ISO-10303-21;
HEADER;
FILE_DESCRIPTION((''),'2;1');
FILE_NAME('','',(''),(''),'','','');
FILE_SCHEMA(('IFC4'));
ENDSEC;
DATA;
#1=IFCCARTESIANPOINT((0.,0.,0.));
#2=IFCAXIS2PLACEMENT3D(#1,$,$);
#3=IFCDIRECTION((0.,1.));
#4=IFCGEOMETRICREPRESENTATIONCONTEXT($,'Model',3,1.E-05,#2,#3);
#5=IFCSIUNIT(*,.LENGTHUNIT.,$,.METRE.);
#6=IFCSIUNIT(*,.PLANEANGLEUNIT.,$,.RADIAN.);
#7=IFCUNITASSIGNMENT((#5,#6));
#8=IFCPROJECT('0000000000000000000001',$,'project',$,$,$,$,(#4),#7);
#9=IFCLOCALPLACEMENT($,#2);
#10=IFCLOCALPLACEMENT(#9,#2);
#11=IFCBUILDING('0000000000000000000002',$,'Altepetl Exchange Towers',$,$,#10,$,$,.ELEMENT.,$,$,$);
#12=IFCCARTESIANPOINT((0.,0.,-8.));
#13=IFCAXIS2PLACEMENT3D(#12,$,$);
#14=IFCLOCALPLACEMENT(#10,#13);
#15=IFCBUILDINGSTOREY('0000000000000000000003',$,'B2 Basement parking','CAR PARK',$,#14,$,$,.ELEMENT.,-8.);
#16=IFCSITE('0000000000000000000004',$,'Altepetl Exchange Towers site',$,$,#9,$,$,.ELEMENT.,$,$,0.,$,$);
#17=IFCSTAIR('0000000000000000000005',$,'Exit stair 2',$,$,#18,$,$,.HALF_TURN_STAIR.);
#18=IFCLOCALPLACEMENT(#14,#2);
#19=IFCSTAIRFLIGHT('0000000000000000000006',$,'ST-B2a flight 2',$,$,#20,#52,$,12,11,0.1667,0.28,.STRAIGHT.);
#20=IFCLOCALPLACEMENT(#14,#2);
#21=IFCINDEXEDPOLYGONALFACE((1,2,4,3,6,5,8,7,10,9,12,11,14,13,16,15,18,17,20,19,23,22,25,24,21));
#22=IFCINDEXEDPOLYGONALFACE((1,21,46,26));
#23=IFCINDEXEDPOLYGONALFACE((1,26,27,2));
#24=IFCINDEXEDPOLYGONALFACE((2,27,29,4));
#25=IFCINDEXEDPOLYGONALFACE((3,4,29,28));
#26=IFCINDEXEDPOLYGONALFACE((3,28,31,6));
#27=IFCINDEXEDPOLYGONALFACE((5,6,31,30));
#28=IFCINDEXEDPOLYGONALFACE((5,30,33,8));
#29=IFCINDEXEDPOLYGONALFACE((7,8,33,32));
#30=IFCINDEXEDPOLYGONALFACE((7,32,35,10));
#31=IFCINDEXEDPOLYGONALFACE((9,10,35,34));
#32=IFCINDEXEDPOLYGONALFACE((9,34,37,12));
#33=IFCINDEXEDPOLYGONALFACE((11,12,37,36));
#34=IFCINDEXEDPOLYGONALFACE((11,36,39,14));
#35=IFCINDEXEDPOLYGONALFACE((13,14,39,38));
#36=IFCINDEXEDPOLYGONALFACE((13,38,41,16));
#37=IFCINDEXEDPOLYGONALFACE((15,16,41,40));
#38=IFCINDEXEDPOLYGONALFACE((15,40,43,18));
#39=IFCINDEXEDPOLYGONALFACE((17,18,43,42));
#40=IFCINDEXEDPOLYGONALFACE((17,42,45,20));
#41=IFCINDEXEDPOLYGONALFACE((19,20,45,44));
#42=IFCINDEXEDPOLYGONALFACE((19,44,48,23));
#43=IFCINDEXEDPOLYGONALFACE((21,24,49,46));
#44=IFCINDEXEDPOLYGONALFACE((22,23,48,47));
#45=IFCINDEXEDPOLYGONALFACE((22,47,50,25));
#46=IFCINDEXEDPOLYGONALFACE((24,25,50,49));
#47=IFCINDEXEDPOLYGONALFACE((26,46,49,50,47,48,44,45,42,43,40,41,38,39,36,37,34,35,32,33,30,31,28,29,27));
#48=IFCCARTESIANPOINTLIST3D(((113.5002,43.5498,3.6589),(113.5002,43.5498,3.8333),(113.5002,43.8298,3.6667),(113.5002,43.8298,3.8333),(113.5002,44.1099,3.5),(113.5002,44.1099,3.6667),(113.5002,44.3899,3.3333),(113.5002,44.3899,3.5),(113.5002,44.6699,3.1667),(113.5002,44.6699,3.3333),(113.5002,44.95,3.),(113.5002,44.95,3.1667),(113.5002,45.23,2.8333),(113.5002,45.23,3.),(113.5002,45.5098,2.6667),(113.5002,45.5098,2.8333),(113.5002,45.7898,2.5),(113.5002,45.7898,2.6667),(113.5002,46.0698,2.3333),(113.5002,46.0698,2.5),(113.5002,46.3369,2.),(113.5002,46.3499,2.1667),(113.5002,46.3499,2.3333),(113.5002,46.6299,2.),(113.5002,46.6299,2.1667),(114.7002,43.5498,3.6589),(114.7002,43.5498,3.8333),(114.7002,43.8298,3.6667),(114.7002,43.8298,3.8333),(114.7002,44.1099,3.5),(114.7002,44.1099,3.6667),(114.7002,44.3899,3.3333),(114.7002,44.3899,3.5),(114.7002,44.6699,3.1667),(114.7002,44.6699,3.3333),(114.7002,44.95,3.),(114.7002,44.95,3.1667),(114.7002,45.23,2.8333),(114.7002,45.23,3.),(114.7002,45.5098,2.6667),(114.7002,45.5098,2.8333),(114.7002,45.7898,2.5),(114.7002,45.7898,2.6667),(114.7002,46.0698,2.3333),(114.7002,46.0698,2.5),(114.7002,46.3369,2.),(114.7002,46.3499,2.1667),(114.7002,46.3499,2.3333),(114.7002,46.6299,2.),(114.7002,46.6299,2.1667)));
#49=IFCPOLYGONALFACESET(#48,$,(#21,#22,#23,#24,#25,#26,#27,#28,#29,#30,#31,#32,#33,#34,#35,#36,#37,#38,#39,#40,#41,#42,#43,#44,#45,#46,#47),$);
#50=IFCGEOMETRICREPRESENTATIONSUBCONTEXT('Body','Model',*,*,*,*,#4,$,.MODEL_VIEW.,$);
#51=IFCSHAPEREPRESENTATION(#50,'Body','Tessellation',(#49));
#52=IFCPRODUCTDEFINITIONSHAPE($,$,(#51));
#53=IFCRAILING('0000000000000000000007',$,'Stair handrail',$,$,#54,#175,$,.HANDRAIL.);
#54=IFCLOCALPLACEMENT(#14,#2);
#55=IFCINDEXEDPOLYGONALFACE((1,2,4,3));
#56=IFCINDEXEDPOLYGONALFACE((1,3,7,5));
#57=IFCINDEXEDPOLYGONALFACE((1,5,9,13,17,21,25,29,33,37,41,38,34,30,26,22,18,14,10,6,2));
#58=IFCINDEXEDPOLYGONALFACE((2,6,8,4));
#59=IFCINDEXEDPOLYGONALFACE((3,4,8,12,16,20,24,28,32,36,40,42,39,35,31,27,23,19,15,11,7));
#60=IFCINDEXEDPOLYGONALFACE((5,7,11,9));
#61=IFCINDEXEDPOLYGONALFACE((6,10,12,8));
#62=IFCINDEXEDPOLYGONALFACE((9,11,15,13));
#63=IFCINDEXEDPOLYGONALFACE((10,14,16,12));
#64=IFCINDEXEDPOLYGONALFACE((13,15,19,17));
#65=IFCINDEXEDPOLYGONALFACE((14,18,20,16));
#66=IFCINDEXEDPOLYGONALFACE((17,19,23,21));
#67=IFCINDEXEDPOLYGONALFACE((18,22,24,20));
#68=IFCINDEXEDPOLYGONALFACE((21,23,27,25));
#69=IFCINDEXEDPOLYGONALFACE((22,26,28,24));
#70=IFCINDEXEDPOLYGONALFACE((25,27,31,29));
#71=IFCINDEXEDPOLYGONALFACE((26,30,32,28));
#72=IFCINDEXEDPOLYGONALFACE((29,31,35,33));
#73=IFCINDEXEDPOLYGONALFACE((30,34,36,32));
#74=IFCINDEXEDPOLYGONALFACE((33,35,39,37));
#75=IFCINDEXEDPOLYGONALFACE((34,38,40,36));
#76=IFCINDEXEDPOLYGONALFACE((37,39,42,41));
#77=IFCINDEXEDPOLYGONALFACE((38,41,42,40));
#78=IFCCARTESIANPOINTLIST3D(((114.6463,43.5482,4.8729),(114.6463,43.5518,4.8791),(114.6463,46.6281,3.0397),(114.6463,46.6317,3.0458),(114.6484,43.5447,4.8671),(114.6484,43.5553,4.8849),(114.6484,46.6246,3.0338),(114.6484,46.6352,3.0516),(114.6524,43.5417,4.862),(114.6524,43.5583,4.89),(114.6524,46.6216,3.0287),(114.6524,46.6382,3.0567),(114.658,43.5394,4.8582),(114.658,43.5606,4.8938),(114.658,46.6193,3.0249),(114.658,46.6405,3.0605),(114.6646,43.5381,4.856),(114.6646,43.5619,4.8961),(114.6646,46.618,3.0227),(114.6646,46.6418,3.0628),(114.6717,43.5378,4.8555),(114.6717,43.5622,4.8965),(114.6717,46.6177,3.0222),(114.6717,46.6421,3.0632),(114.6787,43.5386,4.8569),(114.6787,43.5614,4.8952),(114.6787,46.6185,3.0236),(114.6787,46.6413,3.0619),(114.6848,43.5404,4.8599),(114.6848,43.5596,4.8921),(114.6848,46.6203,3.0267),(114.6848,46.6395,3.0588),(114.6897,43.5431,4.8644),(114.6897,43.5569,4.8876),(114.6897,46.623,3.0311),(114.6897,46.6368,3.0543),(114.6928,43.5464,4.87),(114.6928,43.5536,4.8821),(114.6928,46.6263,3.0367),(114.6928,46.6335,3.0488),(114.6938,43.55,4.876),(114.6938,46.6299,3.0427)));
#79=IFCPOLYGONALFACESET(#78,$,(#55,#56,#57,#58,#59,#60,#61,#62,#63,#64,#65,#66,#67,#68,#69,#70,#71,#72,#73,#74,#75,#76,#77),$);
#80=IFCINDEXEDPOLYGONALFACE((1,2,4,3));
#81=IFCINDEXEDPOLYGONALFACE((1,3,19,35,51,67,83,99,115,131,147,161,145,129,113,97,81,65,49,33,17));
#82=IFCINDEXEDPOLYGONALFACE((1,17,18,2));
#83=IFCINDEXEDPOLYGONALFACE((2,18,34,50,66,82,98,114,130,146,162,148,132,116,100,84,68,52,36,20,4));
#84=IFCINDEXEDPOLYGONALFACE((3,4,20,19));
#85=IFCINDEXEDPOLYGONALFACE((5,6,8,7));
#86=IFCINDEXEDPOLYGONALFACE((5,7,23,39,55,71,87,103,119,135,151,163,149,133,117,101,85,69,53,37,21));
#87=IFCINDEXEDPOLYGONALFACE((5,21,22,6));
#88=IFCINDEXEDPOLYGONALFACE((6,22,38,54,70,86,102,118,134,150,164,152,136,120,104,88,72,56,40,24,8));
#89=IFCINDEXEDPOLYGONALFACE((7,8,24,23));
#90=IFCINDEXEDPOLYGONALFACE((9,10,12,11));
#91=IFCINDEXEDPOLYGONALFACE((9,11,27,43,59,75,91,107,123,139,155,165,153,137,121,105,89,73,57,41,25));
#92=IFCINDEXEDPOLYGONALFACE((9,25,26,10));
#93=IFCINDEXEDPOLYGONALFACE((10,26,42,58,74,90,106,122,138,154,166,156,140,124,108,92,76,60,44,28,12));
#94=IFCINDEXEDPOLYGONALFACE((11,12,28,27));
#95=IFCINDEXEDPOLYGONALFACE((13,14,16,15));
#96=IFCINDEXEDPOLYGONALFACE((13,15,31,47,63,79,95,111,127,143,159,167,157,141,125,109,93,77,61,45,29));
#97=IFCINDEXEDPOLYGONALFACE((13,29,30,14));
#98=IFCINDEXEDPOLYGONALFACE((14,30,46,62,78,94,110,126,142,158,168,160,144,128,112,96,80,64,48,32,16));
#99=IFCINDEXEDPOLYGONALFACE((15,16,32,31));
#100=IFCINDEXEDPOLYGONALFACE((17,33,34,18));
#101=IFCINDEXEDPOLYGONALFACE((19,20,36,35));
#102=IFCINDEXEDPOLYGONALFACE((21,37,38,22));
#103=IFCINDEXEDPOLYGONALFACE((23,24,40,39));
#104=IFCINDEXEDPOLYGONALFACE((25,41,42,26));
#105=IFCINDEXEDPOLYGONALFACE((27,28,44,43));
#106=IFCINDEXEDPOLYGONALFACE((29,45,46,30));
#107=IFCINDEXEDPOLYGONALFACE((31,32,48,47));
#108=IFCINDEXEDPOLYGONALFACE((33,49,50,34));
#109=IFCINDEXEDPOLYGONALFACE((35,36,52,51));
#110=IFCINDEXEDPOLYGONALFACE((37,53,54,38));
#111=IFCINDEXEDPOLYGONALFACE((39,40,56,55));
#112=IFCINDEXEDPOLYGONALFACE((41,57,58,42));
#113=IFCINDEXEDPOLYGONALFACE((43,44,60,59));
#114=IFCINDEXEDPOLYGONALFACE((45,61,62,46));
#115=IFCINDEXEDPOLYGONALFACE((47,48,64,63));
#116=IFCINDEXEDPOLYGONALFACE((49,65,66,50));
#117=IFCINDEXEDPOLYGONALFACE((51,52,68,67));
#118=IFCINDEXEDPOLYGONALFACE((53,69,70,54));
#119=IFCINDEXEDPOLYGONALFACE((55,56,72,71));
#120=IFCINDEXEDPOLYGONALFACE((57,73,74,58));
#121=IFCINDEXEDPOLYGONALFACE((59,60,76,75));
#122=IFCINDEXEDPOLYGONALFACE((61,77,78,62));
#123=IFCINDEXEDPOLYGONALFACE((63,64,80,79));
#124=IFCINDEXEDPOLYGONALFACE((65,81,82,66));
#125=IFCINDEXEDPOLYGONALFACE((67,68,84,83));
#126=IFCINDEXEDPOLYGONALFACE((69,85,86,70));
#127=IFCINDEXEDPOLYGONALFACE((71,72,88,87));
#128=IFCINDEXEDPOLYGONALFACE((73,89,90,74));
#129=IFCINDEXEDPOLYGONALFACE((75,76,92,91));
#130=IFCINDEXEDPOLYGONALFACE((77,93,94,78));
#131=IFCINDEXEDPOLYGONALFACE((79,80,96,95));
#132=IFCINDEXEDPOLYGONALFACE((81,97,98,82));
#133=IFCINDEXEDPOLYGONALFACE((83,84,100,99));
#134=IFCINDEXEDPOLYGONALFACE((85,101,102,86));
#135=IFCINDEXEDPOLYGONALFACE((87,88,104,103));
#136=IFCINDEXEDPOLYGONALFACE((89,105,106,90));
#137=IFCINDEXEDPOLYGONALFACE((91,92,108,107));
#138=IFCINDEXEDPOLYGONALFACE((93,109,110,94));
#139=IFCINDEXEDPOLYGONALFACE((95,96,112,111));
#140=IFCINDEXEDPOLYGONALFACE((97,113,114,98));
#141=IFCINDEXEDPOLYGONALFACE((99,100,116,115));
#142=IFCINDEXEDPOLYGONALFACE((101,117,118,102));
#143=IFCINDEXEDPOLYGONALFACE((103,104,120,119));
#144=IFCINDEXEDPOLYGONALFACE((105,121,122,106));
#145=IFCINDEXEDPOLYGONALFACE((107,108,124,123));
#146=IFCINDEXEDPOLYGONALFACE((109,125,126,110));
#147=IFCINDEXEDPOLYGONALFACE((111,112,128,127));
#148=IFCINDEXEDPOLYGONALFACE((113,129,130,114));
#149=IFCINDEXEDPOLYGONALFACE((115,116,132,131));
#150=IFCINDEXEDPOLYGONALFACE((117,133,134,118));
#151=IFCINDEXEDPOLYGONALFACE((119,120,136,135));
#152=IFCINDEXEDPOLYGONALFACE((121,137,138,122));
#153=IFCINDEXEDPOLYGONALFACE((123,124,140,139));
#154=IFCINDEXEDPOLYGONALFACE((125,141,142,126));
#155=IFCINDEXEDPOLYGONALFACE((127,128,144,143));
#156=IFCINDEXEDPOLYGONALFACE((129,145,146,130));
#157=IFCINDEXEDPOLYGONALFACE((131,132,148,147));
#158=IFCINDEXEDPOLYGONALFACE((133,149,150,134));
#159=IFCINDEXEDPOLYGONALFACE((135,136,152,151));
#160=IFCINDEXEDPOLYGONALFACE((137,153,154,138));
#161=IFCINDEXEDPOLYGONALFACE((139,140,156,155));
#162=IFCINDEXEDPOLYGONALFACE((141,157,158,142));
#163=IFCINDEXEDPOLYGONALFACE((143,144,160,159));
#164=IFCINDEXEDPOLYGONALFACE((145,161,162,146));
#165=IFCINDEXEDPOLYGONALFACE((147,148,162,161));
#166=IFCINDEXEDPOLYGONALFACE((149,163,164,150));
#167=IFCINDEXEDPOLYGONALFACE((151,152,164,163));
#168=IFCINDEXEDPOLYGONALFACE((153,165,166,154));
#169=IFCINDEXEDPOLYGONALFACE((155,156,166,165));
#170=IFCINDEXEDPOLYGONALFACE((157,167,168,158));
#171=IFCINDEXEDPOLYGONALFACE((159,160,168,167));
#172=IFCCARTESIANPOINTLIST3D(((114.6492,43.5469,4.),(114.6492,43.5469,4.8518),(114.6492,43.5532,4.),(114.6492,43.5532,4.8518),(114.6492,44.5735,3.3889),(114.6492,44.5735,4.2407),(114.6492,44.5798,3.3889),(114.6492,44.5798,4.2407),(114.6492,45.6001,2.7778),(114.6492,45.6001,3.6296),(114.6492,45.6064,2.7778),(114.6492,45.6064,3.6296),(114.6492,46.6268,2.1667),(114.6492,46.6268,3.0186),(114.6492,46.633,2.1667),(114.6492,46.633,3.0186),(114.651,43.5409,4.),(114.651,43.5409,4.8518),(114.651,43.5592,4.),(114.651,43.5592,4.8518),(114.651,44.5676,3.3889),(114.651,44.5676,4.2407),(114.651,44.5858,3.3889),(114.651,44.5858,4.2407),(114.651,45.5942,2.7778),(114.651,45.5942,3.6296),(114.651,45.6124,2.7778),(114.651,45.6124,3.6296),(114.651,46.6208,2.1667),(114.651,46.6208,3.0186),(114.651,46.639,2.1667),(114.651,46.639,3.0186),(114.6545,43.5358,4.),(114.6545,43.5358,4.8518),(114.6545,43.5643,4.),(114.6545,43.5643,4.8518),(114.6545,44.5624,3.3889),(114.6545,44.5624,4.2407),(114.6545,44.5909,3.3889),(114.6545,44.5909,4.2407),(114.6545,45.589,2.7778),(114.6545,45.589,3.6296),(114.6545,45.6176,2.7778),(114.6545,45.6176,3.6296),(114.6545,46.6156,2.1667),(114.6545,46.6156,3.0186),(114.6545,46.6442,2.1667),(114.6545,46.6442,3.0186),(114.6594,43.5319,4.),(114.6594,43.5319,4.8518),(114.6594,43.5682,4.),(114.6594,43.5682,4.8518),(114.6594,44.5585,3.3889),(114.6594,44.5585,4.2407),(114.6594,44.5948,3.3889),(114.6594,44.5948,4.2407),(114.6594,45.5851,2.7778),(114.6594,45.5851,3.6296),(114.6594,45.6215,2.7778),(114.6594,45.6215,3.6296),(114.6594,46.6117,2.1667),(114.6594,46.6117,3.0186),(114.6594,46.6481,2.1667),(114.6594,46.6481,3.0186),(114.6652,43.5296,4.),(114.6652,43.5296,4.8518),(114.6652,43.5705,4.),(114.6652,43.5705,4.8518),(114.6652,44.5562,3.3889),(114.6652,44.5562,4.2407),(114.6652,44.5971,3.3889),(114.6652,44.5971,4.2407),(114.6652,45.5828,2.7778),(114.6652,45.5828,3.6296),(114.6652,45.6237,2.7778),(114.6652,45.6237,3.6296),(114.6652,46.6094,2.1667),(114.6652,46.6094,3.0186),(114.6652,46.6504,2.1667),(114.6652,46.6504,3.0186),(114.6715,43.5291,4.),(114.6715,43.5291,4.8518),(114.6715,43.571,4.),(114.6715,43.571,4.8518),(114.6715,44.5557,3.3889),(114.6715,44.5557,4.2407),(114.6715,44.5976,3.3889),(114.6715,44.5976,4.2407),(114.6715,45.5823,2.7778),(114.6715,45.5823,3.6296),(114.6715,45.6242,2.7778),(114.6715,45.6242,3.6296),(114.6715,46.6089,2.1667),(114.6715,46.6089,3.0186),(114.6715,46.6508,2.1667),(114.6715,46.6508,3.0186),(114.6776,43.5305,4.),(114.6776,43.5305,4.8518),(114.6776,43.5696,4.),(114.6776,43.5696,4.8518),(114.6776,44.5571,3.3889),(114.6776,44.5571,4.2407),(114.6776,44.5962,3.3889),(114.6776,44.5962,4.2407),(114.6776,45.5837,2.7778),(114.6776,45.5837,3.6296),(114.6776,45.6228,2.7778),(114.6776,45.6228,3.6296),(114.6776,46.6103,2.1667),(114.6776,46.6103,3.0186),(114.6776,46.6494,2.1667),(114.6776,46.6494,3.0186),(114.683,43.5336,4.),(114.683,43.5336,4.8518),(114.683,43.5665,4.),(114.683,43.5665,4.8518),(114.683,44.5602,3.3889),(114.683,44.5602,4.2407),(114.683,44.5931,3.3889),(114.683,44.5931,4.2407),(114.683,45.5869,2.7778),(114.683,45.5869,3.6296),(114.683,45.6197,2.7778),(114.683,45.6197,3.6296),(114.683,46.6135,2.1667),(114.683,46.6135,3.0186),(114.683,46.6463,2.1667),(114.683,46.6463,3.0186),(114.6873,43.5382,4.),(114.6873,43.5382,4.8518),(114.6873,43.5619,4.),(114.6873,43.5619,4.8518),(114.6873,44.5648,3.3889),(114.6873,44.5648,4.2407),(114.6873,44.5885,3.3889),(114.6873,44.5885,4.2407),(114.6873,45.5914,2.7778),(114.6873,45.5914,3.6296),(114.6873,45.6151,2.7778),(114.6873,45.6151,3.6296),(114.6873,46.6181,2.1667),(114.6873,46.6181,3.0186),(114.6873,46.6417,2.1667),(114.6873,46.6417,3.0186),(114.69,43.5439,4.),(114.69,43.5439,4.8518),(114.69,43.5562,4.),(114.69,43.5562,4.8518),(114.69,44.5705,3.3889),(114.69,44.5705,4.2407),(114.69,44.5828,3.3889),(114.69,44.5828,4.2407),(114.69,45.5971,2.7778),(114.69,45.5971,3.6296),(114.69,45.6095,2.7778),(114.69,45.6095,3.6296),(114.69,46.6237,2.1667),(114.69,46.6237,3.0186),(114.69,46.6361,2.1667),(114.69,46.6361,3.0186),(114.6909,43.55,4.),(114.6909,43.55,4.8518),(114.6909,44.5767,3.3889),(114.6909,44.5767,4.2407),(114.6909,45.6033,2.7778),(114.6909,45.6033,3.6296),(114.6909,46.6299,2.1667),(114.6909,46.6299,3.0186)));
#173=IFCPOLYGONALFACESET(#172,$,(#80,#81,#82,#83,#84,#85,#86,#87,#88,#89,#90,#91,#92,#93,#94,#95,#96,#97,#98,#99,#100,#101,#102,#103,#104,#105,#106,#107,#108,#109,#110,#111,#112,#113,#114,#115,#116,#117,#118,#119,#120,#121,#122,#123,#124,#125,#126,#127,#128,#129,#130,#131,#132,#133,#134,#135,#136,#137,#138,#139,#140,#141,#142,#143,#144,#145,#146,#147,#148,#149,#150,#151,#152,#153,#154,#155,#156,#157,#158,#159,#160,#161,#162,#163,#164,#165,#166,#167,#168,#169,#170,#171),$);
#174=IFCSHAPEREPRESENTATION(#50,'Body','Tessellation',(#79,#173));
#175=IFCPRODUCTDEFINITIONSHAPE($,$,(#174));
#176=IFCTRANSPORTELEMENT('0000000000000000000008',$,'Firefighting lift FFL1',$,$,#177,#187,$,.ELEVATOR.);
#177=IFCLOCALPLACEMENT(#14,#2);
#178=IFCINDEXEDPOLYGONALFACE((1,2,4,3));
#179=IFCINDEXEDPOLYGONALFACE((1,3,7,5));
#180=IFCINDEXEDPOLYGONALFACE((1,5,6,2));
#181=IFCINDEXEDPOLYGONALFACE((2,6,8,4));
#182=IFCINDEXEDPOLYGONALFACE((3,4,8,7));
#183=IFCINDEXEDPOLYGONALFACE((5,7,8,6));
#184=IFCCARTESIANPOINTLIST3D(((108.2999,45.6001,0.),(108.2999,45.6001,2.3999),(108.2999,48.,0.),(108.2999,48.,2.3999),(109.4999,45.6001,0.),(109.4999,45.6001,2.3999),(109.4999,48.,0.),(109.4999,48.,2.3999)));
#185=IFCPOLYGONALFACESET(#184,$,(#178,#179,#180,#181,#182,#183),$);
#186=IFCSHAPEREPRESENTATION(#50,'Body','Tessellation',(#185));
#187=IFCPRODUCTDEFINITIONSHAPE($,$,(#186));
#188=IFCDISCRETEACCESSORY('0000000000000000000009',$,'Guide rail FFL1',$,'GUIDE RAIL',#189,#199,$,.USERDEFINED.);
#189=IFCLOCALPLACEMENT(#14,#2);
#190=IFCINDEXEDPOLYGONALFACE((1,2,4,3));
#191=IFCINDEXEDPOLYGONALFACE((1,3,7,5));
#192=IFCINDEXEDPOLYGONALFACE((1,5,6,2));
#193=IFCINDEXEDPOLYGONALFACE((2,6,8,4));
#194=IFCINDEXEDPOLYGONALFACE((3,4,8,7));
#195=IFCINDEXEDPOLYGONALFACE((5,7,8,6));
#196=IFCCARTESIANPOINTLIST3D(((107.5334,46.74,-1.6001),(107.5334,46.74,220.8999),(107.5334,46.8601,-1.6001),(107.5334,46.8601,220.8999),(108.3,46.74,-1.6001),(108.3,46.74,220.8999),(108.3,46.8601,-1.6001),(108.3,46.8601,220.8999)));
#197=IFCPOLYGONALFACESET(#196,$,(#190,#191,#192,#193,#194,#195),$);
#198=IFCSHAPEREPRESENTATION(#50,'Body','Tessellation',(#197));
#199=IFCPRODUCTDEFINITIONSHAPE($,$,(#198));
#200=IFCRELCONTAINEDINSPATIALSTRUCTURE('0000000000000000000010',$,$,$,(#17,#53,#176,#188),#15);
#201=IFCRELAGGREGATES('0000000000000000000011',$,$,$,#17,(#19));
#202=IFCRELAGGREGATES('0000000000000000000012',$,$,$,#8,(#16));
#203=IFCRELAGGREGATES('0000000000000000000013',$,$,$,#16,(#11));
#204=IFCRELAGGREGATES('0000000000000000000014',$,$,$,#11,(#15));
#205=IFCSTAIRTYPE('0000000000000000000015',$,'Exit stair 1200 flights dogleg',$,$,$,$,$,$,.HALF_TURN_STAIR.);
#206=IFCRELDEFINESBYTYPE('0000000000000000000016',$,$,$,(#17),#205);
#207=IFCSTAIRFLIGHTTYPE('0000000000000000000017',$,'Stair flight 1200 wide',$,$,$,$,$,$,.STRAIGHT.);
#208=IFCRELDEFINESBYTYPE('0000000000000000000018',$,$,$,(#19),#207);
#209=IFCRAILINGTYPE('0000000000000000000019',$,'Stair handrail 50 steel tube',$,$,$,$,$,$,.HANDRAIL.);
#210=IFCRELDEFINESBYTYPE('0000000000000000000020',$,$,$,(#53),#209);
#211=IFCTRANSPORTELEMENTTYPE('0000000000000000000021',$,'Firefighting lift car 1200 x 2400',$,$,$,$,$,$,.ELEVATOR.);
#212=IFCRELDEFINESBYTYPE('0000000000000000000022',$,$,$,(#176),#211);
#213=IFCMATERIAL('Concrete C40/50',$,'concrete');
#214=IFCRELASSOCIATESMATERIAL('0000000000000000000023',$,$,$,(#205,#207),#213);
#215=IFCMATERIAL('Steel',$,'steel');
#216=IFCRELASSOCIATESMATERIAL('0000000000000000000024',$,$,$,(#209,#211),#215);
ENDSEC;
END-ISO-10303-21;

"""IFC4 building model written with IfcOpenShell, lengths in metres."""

from ifc_helpers import new_model, si_unit, direction, frame, origin, origin_2d, place, context, subcontext, project, spatial, polyline, rectangle, circle, outline, extrude, source, transform, mapped, material, type_object, element, aggregate, save


model = new_model("IFC4")

# Units and contexts
model_context = context("Model", 3, precision=1e-05, world=origin(), true_north=direction((0.0, 1.0)))
body_context = subcontext(model_context, "Body", "Model", "MODEL_VIEW")
ifc_project = project(units=[si_unit("LENGTHUNIT", "METRE"), si_unit("PLANEANGLEUNIT", "RADIAN")], contexts=[model_context])

# Site, building, storey
site_placement = place(None, origin())
site = spatial("IfcSite", under=ifc_project, at=site_placement, Name="Altepetl Exchange Towers site", CompositionType="ELEMENT", RefElevation=0.0)
building_placement = place(site_placement, origin())
building = spatial("IfcBuilding", under=site, at=building_placement, Name="Altepetl Exchange Towers", CompositionType="ELEMENT")
storey_placement = place(building_placement, frame((0.0, 0.0, -8.0)))
storey = spatial("IfcBuildingStorey", under=building, at=storey_placement, Name="B2 Basement parking", Description="CAR PARK", CompositionType="ELEMENT", Elevation=-8.0)

# Shared definitions
ifc_material_1 = material(Name="Concrete C40/50", Category="concrete")

# Stair, stair flight
stair_type = type_object("IfcStairType", Name="Exit stair 1200 flights dogleg", PredefinedType="HALF_TURN_STAIR", material=ifc_material_1)
stair_placement = place(storey_placement, origin())
stair = element("IfcStair", 1, at=stair_placement, inside=storey, type_object=stair_type, Name="Exit stair 2", PredefinedType="HALF_TURN_STAIR")
stair_flight_type = type_object("IfcStairFlightType", Name="Stair flight 1200 wide", PredefinedType="STRAIGHT", material=ifc_material_1)
stair_flight_placement = place(storey_placement, frame((114.1001, 46.6299, 2.0), z_axis=(0.0, 0.0, 1.0), x_axis=(0.0, -1.0, 0.0)))
stair_flight = element("IfcStairFlight", 2, at=stair_flight_placement, type_object=stair_flight_type, Name="ST-B2a flight 2", NumberOfRisers=12, NumberOfTreads=11, PredefinedType="STRAIGHT", RiserHeight=0.1667, TreadLength=0.28, context=body_context, shape_type="SweptSolid", body=[
    extrude(outline(polyline([(0.0, 0.0), (0.0, 0.1667), (0.28, 0.1667), (0.28, 0.3333), (0.5601, 0.3333), (0.5601, 0.5), (0.8401, 0.5), (0.8401, 0.6667), (1.1201, 0.6667), (1.1201, 0.8333), (1.3999, 0.8333), (1.3999, 1.0), (1.6799, 1.0), (1.6799, 1.1667), (1.96, 1.1667), (1.96, 1.3333), (2.24, 1.3333), (2.24, 1.5), (2.52, 1.5), (2.52, 1.6667), (2.8, 1.6667), (2.8, 1.8333), (3.0801, 1.8333), (3.0801, 2.0), (3.0801, 1.6589), (0.293, 0.0), (0.0, 0.0)])), frame((0.0, 0.6001, 0.0), z_axis=(0.0, -1.0, 0.0), x_axis=(1.0, 0.0, 0.0)), (0.0, 0.0, 1.0), 1.2),
])
aggregate(stair, [stair_flight])

# Railing
ifc_material_2 = material(Name="Steel", Category="steel")
railing_type = type_object("IfcRailingType", Name="Stair handrail 50 steel tube", PredefinedType="HANDRAIL", material=ifc_material_2)
shared_shape = source(origin(), body_context, "Body", "SweptSolid", [
    extrude(circle(Radius=0.021, at=origin_2d()), origin(), (0.0, 0.0, 1.0), 0.8518),
])
railing_placement = place(storey_placement, frame((114.6699, 46.6299, 2.1667)))
element("IfcRailing", 3, at=railing_placement, inside=storey, type_object=railing_type, Name="Stair handrail", PredefinedType="HANDRAIL", context=body_context, shape_type="SweptSolid", body=[
    extrude(circle(Radius=0.0239, at=origin_2d()), frame((0.0, 0.0, 0.876), z_axis=(0.0, -0.859291, 0.511487), x_axis=(1.0, 0.0, 0.0)), (0.0, 0.0, 1.0), 3.5842),
    mapped(shared_shape, transform((0.0, 0.0, 0.0))),
    mapped(shared_shape, transform((0.0, -1.0266, 0.6111))),
    mapped(shared_shape, transform((0.0, -2.0532, 1.2222))),
    mapped(shared_shape, transform((0.0, -3.0798, 1.8333))),
])

# Transport element
transport_element_type = type_object("IfcTransportElementType", Name="Firefighting lift car 1200 x 2400", PredefinedType="ELEVATOR", material=ifc_material_2)
transport_element_placement = place(storey_placement, frame((108.8999, 46.8, 0.0)))
element("IfcTransportElement", 4, at=transport_element_placement, inside=storey, type_object=transport_element_type, Name="Firefighting lift FFL1", PredefinedType="ELEVATOR", context=body_context, shape_type="SweptSolid", body=[
    extrude(rectangle(XDim=1.2, YDim=2.3999, at=origin_2d()), origin(), (0.0, 0.0, 1.0), 2.3999),
])

# Discrete accessory
for number, where, name in (
    (5, (107.9167, 46.8, -1.6001), "Guide rail FFL1"),
):
    element("IfcDiscreteAccessory", number, at=place(storey_placement, frame(where)), inside=storey, Name=name, ObjectType="GUIDE RAIL", PredefinedType="USERDEFINED", context=body_context, shape_type="SweptSolid", body=[
        extrude(rectangle(XDim=0.7666, YDim=0.1201, at=origin_2d()), origin(), (0.0, 0.0, 1.0), 222.5),
    ])

save(model, "model.ifc")
